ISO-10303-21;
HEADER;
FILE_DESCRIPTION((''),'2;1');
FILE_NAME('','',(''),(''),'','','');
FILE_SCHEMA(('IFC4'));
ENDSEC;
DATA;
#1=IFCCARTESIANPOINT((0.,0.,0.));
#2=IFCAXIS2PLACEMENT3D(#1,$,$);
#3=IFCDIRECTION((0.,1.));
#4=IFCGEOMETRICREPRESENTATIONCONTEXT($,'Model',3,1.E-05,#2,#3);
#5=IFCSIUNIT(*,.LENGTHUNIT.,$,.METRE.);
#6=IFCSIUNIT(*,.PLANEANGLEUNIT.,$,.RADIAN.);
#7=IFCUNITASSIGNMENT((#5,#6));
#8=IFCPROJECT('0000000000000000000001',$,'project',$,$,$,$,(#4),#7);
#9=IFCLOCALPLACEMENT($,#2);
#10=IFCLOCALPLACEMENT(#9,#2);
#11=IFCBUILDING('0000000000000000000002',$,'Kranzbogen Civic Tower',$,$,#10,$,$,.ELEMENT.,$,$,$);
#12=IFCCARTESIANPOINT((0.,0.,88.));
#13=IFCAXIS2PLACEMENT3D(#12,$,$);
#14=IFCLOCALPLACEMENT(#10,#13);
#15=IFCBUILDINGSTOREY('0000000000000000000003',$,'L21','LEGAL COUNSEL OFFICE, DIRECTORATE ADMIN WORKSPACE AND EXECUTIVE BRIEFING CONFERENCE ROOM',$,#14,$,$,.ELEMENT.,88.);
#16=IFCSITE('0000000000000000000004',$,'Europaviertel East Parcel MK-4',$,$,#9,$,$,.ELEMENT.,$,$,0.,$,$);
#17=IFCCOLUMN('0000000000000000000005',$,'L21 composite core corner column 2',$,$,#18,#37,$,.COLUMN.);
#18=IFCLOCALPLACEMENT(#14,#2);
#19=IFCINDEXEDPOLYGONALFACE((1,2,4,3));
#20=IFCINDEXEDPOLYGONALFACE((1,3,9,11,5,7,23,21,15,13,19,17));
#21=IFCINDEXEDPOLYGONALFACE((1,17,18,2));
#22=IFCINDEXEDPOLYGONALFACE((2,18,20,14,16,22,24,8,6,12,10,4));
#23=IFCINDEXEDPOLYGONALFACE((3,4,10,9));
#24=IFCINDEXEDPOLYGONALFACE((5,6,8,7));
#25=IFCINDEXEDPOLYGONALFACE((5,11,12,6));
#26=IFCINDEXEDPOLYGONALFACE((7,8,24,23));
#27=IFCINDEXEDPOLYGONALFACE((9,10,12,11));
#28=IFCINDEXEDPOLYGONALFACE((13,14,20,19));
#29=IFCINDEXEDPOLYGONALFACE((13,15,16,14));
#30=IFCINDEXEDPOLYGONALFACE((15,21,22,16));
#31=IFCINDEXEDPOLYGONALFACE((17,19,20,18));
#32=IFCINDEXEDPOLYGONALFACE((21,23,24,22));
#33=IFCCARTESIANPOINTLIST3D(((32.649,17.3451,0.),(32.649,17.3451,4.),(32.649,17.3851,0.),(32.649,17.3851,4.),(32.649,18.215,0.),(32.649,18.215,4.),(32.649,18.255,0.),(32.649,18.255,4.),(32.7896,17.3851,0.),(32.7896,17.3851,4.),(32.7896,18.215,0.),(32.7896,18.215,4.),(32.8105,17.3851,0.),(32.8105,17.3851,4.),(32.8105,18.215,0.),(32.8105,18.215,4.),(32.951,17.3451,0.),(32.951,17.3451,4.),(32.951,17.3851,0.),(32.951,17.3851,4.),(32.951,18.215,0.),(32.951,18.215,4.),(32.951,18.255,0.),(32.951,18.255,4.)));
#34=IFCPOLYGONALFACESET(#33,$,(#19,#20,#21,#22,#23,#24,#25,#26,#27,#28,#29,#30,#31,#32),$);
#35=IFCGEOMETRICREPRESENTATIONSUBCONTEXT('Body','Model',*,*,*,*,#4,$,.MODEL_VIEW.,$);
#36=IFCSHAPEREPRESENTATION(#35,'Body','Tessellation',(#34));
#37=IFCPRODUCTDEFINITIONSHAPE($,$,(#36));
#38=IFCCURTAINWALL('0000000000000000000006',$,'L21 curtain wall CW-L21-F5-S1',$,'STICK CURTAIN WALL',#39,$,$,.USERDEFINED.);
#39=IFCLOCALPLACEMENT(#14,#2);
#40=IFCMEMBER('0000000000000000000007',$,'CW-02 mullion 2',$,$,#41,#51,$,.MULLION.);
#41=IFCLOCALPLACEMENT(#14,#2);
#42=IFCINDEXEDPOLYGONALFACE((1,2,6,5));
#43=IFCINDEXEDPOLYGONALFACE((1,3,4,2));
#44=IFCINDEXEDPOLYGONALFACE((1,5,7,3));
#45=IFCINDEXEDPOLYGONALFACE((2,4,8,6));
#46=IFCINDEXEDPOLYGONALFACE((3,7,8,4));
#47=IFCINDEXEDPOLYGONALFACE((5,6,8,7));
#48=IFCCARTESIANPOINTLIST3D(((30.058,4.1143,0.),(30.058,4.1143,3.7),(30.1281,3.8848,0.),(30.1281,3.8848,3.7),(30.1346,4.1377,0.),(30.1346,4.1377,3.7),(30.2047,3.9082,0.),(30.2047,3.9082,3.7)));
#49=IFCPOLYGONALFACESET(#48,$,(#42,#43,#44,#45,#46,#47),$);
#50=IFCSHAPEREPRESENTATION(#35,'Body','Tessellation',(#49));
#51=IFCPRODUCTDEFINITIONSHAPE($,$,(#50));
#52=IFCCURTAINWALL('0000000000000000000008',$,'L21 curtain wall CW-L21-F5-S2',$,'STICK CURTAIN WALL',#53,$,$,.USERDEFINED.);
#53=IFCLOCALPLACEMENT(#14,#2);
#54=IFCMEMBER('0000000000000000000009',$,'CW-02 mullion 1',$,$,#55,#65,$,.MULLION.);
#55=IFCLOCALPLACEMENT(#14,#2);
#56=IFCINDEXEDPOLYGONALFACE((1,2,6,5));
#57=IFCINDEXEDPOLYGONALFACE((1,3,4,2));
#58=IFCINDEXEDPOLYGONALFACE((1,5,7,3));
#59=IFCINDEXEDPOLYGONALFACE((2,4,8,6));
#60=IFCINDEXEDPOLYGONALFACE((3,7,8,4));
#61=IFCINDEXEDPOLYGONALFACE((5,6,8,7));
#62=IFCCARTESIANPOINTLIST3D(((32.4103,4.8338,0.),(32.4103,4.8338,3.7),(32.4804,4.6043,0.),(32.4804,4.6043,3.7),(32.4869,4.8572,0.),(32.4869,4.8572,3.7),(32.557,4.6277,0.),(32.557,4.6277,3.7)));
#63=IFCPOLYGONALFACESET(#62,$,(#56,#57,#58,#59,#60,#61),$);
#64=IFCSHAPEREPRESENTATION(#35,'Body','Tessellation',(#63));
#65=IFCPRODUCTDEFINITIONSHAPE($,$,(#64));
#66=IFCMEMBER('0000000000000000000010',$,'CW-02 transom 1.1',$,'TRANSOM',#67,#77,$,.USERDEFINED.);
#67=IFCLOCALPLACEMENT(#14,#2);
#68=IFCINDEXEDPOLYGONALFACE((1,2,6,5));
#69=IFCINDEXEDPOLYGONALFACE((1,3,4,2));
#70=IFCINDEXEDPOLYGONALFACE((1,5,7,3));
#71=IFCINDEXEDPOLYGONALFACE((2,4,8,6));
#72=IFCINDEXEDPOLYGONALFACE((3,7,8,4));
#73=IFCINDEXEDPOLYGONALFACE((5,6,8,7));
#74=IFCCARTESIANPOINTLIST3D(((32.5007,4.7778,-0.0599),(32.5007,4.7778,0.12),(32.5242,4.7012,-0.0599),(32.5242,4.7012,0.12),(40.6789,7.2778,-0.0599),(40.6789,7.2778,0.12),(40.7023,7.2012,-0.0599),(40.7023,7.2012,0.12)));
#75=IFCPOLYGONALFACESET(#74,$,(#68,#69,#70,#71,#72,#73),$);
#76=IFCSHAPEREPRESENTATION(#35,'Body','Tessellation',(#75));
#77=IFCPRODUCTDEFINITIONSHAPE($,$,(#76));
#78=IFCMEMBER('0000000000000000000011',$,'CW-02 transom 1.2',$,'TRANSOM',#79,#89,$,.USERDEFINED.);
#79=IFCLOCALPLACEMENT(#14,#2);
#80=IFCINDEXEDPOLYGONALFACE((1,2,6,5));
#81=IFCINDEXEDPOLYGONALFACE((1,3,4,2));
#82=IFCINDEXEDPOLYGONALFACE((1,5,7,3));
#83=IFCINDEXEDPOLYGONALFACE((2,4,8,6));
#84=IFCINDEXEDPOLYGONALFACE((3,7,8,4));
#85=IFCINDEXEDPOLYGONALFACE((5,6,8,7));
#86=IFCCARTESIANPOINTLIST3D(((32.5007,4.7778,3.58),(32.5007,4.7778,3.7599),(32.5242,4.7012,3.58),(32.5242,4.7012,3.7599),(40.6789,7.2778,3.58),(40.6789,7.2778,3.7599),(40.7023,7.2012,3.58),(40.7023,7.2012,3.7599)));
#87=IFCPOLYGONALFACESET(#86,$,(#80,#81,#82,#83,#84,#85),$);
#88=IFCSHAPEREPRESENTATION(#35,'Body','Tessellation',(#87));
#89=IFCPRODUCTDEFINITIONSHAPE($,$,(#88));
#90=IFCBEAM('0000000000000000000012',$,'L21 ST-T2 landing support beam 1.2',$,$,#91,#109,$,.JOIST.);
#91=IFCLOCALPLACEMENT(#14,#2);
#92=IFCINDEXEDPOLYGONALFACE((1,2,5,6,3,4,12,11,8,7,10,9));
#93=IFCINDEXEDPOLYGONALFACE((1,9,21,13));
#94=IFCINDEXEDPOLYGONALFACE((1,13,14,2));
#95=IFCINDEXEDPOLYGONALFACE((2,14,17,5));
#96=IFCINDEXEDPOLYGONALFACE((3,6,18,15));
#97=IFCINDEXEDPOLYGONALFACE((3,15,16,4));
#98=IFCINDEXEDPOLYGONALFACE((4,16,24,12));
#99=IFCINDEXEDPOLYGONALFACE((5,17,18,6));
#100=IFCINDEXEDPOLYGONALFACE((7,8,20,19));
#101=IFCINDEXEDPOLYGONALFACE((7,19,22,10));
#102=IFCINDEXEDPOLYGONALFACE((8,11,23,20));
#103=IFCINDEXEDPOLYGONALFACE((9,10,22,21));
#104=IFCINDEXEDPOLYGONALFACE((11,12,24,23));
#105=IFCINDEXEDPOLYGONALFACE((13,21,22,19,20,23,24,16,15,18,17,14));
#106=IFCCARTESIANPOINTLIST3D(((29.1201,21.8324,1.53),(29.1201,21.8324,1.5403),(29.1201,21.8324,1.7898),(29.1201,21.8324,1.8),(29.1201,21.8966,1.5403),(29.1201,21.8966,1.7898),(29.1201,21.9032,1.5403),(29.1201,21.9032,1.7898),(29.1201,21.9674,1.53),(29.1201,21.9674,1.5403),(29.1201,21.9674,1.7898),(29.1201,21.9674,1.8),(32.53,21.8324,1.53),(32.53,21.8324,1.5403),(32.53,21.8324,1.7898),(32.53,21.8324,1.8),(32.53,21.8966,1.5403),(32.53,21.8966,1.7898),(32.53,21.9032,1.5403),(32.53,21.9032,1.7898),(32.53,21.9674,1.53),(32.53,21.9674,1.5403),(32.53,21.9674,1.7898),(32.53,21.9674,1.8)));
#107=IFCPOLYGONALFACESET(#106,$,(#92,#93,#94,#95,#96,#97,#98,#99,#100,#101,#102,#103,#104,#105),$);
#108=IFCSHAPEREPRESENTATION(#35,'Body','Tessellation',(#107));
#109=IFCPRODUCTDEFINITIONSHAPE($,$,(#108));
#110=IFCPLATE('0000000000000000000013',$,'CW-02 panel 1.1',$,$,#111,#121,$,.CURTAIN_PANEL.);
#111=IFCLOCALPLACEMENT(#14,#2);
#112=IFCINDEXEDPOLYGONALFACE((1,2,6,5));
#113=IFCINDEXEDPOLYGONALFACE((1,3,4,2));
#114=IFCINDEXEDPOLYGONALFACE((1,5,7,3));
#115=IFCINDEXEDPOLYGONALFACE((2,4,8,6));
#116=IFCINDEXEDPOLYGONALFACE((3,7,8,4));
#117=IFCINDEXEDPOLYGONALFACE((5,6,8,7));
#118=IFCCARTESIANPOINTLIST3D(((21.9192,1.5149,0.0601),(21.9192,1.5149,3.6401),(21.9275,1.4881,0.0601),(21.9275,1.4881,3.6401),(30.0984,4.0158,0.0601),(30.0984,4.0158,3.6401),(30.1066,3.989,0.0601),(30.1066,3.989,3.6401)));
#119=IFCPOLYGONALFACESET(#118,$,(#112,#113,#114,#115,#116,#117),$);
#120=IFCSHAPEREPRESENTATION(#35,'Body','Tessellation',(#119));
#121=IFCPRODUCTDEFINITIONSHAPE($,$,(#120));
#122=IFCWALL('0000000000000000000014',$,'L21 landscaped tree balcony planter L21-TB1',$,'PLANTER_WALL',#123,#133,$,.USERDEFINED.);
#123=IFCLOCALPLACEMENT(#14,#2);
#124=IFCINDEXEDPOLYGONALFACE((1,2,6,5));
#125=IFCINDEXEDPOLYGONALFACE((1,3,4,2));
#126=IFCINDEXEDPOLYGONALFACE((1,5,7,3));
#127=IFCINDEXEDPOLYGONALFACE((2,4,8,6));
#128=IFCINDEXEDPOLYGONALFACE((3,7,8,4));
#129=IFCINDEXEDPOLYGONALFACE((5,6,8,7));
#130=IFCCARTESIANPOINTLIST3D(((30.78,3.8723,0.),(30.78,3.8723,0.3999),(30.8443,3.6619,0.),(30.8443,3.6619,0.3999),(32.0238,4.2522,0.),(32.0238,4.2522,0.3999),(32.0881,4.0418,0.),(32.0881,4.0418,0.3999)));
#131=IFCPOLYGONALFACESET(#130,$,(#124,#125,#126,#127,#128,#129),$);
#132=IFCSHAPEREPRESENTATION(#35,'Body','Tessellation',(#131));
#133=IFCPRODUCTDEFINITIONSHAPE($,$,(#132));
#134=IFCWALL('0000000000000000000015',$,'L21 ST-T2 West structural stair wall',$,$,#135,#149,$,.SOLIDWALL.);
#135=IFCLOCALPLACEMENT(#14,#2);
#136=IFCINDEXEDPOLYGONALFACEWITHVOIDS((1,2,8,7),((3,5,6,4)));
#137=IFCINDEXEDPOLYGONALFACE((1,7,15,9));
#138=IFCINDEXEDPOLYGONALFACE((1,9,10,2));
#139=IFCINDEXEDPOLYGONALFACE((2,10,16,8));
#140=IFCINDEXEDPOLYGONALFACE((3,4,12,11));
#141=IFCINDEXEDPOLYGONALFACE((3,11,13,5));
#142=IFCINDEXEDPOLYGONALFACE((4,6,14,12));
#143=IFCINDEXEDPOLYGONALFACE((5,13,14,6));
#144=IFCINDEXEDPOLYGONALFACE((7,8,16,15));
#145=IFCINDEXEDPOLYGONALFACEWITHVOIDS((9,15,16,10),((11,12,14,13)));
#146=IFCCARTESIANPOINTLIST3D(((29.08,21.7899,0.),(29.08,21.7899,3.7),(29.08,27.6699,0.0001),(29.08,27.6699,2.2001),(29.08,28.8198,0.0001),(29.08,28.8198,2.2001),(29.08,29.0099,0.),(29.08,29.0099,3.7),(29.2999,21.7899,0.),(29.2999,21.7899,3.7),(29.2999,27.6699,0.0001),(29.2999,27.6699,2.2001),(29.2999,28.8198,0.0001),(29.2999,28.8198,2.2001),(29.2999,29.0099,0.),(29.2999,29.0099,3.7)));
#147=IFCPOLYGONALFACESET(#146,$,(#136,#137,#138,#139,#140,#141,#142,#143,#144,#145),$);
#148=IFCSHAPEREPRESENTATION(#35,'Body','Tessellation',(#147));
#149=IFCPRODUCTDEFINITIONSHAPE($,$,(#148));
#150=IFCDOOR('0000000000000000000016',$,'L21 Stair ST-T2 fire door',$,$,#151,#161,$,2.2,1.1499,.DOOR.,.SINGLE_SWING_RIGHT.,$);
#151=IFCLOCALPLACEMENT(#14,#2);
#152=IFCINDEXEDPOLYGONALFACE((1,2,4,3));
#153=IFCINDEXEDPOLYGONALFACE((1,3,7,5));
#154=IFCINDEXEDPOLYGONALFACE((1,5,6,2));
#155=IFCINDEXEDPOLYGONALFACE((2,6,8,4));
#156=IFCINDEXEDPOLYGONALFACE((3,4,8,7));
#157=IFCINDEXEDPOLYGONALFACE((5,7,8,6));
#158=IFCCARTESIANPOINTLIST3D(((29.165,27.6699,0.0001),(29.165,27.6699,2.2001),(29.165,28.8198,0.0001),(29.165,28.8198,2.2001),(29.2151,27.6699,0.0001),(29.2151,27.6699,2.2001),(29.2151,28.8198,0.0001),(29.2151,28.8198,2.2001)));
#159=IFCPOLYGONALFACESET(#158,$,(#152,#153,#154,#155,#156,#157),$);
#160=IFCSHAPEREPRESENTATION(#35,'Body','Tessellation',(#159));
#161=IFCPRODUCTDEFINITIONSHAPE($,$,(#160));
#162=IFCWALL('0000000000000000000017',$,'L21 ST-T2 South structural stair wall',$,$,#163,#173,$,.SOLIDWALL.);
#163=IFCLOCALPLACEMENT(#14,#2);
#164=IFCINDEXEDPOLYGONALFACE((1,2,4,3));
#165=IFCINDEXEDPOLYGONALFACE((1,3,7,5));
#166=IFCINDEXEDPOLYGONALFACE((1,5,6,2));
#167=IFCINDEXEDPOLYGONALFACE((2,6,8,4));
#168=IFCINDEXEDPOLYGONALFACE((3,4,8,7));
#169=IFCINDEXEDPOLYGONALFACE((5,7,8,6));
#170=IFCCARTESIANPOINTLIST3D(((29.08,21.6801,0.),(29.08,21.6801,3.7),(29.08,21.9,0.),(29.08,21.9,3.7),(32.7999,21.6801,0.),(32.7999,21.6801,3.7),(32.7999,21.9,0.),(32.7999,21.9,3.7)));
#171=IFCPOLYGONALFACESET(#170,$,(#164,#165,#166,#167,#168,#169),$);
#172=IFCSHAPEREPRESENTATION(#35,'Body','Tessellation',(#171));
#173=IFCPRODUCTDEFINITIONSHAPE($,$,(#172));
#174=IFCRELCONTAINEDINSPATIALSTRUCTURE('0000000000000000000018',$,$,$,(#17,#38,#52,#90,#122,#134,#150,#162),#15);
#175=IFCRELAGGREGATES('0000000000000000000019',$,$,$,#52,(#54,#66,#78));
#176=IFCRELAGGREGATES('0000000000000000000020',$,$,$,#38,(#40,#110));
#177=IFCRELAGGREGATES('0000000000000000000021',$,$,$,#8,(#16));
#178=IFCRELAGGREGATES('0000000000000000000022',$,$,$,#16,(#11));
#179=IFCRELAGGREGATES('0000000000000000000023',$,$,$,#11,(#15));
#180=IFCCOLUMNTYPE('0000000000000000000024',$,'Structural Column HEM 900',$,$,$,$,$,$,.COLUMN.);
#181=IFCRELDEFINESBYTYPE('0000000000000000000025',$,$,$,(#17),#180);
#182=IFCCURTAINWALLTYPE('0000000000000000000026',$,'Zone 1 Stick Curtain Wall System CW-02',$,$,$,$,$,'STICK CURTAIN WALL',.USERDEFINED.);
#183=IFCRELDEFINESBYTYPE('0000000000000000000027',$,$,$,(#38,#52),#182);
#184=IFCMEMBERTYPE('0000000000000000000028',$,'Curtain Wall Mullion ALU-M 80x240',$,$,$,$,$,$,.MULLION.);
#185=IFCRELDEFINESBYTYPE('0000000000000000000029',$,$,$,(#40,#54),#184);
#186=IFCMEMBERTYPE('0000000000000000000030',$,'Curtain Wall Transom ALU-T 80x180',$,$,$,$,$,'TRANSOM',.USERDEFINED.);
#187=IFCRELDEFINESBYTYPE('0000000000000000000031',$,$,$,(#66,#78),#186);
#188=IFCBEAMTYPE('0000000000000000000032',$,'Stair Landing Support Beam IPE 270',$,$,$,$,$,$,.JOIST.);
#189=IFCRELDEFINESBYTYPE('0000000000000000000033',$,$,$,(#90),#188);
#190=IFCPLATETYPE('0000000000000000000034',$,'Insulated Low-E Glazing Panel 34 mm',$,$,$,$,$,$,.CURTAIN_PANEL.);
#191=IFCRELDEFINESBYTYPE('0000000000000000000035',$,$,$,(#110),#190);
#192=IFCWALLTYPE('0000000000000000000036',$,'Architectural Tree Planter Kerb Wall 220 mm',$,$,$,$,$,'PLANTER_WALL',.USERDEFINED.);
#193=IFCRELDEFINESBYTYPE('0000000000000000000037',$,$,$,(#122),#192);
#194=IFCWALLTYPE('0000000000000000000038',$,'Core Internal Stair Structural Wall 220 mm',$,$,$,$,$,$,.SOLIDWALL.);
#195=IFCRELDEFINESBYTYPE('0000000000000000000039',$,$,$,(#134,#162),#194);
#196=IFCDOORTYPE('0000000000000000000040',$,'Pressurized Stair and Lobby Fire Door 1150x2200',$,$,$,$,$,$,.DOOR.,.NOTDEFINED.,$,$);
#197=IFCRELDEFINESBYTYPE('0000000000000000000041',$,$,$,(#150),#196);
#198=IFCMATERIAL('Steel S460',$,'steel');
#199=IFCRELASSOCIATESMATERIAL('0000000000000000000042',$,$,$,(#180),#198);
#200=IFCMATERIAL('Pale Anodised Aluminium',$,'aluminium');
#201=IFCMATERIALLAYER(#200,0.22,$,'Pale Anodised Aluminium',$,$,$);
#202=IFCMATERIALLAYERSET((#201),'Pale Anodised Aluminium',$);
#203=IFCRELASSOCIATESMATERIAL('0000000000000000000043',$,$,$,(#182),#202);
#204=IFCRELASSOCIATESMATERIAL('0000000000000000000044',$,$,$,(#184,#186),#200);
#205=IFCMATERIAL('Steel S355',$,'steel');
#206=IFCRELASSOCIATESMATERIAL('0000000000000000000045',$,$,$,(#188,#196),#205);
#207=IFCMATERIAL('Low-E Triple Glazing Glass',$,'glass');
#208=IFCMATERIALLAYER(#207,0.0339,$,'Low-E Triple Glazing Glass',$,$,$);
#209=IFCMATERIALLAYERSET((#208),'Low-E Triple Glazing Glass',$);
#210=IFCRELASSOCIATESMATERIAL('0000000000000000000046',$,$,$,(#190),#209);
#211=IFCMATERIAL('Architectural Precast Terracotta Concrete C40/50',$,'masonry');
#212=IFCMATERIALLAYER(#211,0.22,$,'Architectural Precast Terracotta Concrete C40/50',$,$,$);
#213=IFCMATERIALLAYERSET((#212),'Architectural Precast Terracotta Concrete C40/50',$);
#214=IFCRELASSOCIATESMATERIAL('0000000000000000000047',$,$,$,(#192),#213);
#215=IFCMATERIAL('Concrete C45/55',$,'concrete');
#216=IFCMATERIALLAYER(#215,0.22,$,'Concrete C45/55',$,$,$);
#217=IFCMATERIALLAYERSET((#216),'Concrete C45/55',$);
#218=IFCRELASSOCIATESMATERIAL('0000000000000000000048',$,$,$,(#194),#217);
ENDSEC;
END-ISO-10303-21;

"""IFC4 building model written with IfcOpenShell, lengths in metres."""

from ifc_helpers import new_model, si_unit, direction, frame, frame_2d, origin, origin_2d, place, context, subcontext, project, spatial, rectangle, i_section, extrude, material, layer, layer_set, material_profile, profile_set, type_object, element, fill, aggregate, save


model = new_model("IFC4")

# Units and contexts
model_context = context("Model", 3, precision=1e-05, world=origin(), true_north=direction((0.0, 1.0)))
body_context = subcontext(model_context, "Body", "Model", "MODEL_VIEW")
ifc_project = project(units=[si_unit("LENGTHUNIT", "METRE"), si_unit("PLANEANGLEUNIT", "RADIAN")], contexts=[model_context])

# Site, building, storey
site_placement = place(None, origin())
site = spatial("IfcSite", under=ifc_project, at=site_placement, Name="Europaviertel East Parcel MK-4", CompositionType="ELEMENT", RefElevation=0.0)
building_placement = place(site_placement, origin())
building = spatial("IfcBuilding", under=site, at=building_placement, Name="Kranzbogen Civic Tower", CompositionType="ELEMENT")
storey_placement = place(building_placement, frame((0.0, 0.0, 88.0)))
storey = spatial("IfcBuildingStorey", under=building, at=storey_placement, Name="L21", Description="LEGAL COUNSEL OFFICE, DIRECTORATE ADMIN WORKSPACE AND EXECUTIVE BRIEFING CONFERENCE ROOM", CompositionType="ELEMENT", Elevation=88.0)

# Column
ifc_material_1 = material(Name="Steel S460", Category="steel")
ifc_material_profile_1 = material_profile(ifc_material_1, i_section(OverallWidth=0.302, OverallDepth=0.9099, WebThickness=0.021, FlangeThickness=0.04, at=origin_2d()), Name="HEM 900")
ifc_profile_set_1 = profile_set([ifc_material_profile_1], Name="Steel S460")
column_type = type_object("IfcColumnType", Name="Structural Column HEM 900", PredefinedType="COLUMN", material=ifc_profile_set_1)
column_placement = place(storey_placement, frame((32.8, 17.8, 0.0), z_axis=(0.0, 0.0, 1.0), x_axis=(1.0, 0.0, 0.0)))
element("IfcColumn", 1, at=column_placement, inside=storey, type_object=column_type, Name="L21 composite core corner column 2", PredefinedType="COLUMN", context=body_context, shape_type="SweptSolid", body=[
    extrude(i_section(OverallWidth=0.302, OverallDepth=0.9099, WebThickness=0.021, FlangeThickness=0.04, at=origin_2d()), origin(), (0.0, 0.0, 1.0), 4.0),
])

# Curtain wall, member
ifc_material_2 = material(Name="Pale Anodised Aluminium", Category="aluminium")
ifc_layer_1 = layer(ifc_material_2, 0.22, Name="Pale Anodised Aluminium")
ifc_layer_set_1 = layer_set([ifc_layer_1], Name="Pale Anodised Aluminium")
curtain_wall_type = type_object("IfcCurtainWallType", Name="Zone 1 Stick Curtain Wall System CW-02", ElementType="STICK CURTAIN WALL", PredefinedType="USERDEFINED", material=ifc_layer_set_1)
curtain_wall_1_placement = place(storey_placement, origin())
curtain_wall_1 = element("IfcCurtainWall", 2, at=curtain_wall_1_placement, inside=storey, type_object=curtain_wall_type, Name="L21 curtain wall CW-L21-F5-S1", ObjectType="STICK CURTAIN WALL", PredefinedType="USERDEFINED")
ifc_material_profile_2 = material_profile(ifc_material_2, rectangle(XDim=0.0801, YDim=0.24, at=origin_2d()), Name="ALU-M 80x240")
ifc_profile_set_2 = profile_set([ifc_material_profile_2], Name="Pale Anodised Aluminium")
member_type_1 = type_object("IfcMemberType", Name="Curtain Wall Mullion ALU-M 80x240", PredefinedType="MULLION", material=ifc_profile_set_2)
member_1_placement = place(storey_placement, frame((30.1313, 4.0112, 0.0), z_axis=(0.0, 0.0, 1.0), x_axis=(0.956296, 0.2924, 0.0)))
member_1 = element("IfcMember", 3, at=member_1_placement, type_object=member_type_1, Name="CW-02 mullion 2", PredefinedType="MULLION", context=body_context, shape_type="SweptSolid", body=[
    extrude(rectangle(XDim=0.0801, YDim=0.24, at=origin_2d()), origin(), (0.0, 0.0, 1.0), 3.7),
])

# Curtain wall, members
curtain_wall_2_placement = place(storey_placement, origin())
curtain_wall_2 = element("IfcCurtainWall", 4, at=curtain_wall_2_placement, inside=storey, type_object=curtain_wall_type, Name="L21 curtain wall CW-L21-F5-S2", ObjectType="STICK CURTAIN WALL", PredefinedType="USERDEFINED")
member_2_placement = place(storey_placement, frame((32.4836, 4.7307, 0.0), z_axis=(0.0, 0.0, 1.0), x_axis=(0.956318, 0.292327, 0.0)))
member_2 = element("IfcMember", 5, at=member_2_placement, type_object=member_type_1, Name="CW-02 mullion 1", PredefinedType="MULLION", context=body_context, shape_type="SweptSolid", body=[
    extrude(rectangle(XDim=0.0801, YDim=0.24, at=origin_2d()), origin(), (0.0, 0.0, 1.0), 3.7),
])
ifc_material_profile_3 = material_profile(ifc_material_2, rectangle(XDim=0.0801, YDim=0.1799, at=origin_2d()), Name="ALU-T 80x180")
ifc_profile_set_3 = profile_set([ifc_material_profile_3], Name="Pale Anodised Aluminium")
member_type_2 = type_object("IfcMemberType", Name="Curtain Wall Transom ALU-T 80x180", ElementType="TRANSOM", PredefinedType="USERDEFINED", material=ifc_profile_set_3)
member_3_placement = place(storey_placement, frame((32.5125, 4.7395, 0.03), z_axis=(0.956316, 0.292336, 0.0), x_axis=(-0.292336, 0.956316, 0.0)))
member_3 = element("IfcMember", 6, at=member_3_placement, type_object=member_type_2, Name="CW-02 transom 1.1", ObjectType="TRANSOM", PredefinedType="USERDEFINED", context=body_context, shape_type="SweptSolid", body=[
    extrude(rectangle(XDim=0.0801, YDim=0.1799, at=origin_2d()), origin(), (0.0, 0.0, 1.0), 8.5518),
])
member_4_placement = place(storey_placement, frame((32.5125, 4.7395, 3.6699), z_axis=(0.956316, 0.292336, 0.0), x_axis=(-0.292336, 0.956316, 0.0)))
member_4 = element("IfcMember", 7, at=member_4_placement, type_object=member_type_2, Name="CW-02 transom 1.2", ObjectType="TRANSOM", PredefinedType="USERDEFINED", context=body_context, shape_type="SweptSolid", body=[
    extrude(rectangle(XDim=0.0801, YDim=0.1799, at=origin_2d()), origin(), (0.0, 0.0, 1.0), 8.5518),
])
aggregate(curtain_wall_2, [member_2, member_3, member_4])

# Beam
ifc_material_3 = material(Name="Steel S355", Category="steel")
ifc_material_profile_4 = material_profile(ifc_material_3, i_section(OverallWidth=0.135, OverallDepth=0.27, WebThickness=0.0066, FlangeThickness=0.0103, at=origin_2d()), Name="IPE 270")
ifc_profile_set_4 = profile_set([ifc_material_profile_4], Name="Steel S355")
beam_type = type_object("IfcBeamType", Name="Stair Landing Support Beam IPE 270", PredefinedType="JOIST", material=ifc_profile_set_4)
beam_placement = place(storey_placement, frame((29.1201, 21.8999, 1.665), z_axis=(1.0, 0.0, 0.0), x_axis=(0.0, 1.0, 0.0)))
element("IfcBeam", 8, at=beam_placement, inside=storey, type_object=beam_type, Name="L21 ST-T2 landing support beam 1.2", PredefinedType="JOIST", context=body_context, shape_type="SweptSolid", body=[
    extrude(i_section(OverallWidth=0.135, OverallDepth=0.27, WebThickness=0.0066, FlangeThickness=0.0103, at=origin_2d()), origin(), (0.0, 0.0, 1.0), 3.4099),
])

# Plate
ifc_material_4 = material(Name="Low-E Triple Glazing Glass", Category="glass")
ifc_layer_2 = layer(ifc_material_4, 0.0339, Name="Low-E Triple Glazing Glass")
ifc_layer_set_2 = layer_set([ifc_layer_2], Name="Low-E Triple Glazing Glass")
plate_type = type_object("IfcPlateType", Name="Insulated Low-E Glazing Panel 34 mm", PredefinedType="CURTAIN_PANEL", material=ifc_layer_set_2)
plate_placement = place(storey_placement, frame((26.0129, 2.752, 0.0601), z_axis=(0.0, 0.0, 1.0), x_axis=(0.956296, 0.2924, 0.0)))
plate = element("IfcPlate", 9, at=plate_placement, type_object=plate_type, Name="CW-02 panel 1.1", PredefinedType="CURTAIN_PANEL", context=body_context, shape_type="SweptSolid", body=[
    extrude(rectangle(XDim=8.553, YDim=0.0281, at=origin_2d()), origin(), (0.0, 0.0, 1.0), 3.5801),
])
aggregate(curtain_wall_1, [member_1, plate])

# Wall
ifc_material_5 = material(Name="Architectural Precast Terracotta Concrete C40/50", Category="masonry")
ifc_layer_3 = layer(ifc_material_5, 0.22, Name="Architectural Precast Terracotta Concrete C40/50")
ifc_layer_set_3 = layer_set([ifc_layer_3], Name="Architectural Precast Terracotta Concrete C40/50")
wall_type_1 = type_object("IfcWallType", Name="Architectural Tree Planter Kerb Wall 220 mm", ElementType="PLANTER_WALL", PredefinedType="USERDEFINED", material=ifc_layer_set_3)
wall_1_placement = place(storey_placement, frame((30.812, 3.7671, 0.0), z_axis=(0.0, 0.0, 1.0), x_axis=(0.956394, 0.29208, 0.0)))
element("IfcWall", 10, at=wall_1_placement, inside=storey, type_object=wall_type_1, Name="L21 landscaped tree balcony planter L21-TB1", ObjectType="PLANTER_WALL", PredefinedType="USERDEFINED", context=body_context, shape_type="SweptSolid", body=[
    extrude(rectangle(XDim=1.3005, YDim=0.22, at=frame_2d((0.6504, 0.0))), origin(), (0.0, 0.0, 1.0), 0.3999),
])

# Wall, opening, door
ifc_material_6 = material(Name="Concrete C45/55", Category="concrete")
ifc_layer_4 = layer(ifc_material_6, 0.22, Name="Concrete C45/55")
ifc_layer_set_4 = layer_set([ifc_layer_4], Name="Concrete C45/55")
wall_type_2 = type_object("IfcWallType", Name="Core Internal Stair Structural Wall 220 mm", PredefinedType="SOLIDWALL", material=ifc_layer_set_4)
wall_2_placement = place(storey_placement, frame((29.1899, 21.79, 0.0), z_axis=(0.0, 0.0, 1.0), x_axis=(0.0, 1.0, 0.0)))
wall_2 = element("IfcWall", 11, at=wall_2_placement, inside=storey, type_object=wall_type_2, Name="L21 ST-T2 West structural stair wall", PredefinedType="SOLIDWALL", context=body_context, shape_type="SweptSolid", body=[
    extrude(rectangle(XDim=7.22, YDim=0.22, at=frame_2d((3.6099, 0.0))), origin(), (0.0, 0.0, 1.0), 3.7),
])
opening_1_placement = place(wall_2_placement, frame((5.8799, 0.0, 0.0)))
opening_1 = element("IfcOpeningElement", 12, at=opening_1_placement, cuts=wall_2, PredefinedType="OPENING", context=body_context, shape_type="SweptSolid", body=[
    extrude(rectangle(XDim=1.1499, YDim=2.2, at=frame_2d((0.575, 1.1001))), frame((0.0, 0.1201, 0.0), z_axis=(0.0, -1.0, 0.0), x_axis=(1.0, 0.0, 0.0)), (0.0, 0.0, 1.0), 0.24),
])
door_type_1 = type_object("IfcDoorType", Name="Pressurized Stair and Lobby Fire Door 1150x2200", OperationType="NOTDEFINED", PredefinedType="DOOR", material=ifc_material_3)
door_1_placement = place(opening_1_placement, origin())
door_1 = element("IfcDoor", 13, at=door_1_placement, inside=storey, type_object=door_type_1, Name="L21 Stair ST-T2 fire door", OperationType="SINGLE_SWING_RIGHT", OverallHeight=2.2, OverallWidth=1.1499, PredefinedType="DOOR", context=body_context, shape_type="SweptSolid", body=[
    extrude(rectangle(XDim=1.1499, YDim=2.2, at=frame_2d((0.575, 1.1001))), frame((0.0, 0.0249, 0.0), z_axis=(0.0, -1.0, 0.0), x_axis=(1.0, 0.0, 0.0)), (0.0, 0.0, 1.0), 0.05),
])
fill(opening_1, door_1)

# Wall
wall_3_placement = place(storey_placement, frame((29.0801, 21.79, 0.0), z_axis=(0.0, 0.0, 1.0), x_axis=(1.0, 0.0, 0.0)))
element("IfcWall", 14, at=wall_3_placement, inside=storey, type_object=wall_type_2, Name="L21 ST-T2 South structural stair wall", PredefinedType="SOLIDWALL", context=body_context, shape_type="SweptSolid", body=[
    extrude(rectangle(XDim=3.72, YDim=0.22, at=frame_2d((1.8599, 0.0))), origin(), (0.0, 0.0, 1.0), 3.7),
])

save(model, "model.ifc")
